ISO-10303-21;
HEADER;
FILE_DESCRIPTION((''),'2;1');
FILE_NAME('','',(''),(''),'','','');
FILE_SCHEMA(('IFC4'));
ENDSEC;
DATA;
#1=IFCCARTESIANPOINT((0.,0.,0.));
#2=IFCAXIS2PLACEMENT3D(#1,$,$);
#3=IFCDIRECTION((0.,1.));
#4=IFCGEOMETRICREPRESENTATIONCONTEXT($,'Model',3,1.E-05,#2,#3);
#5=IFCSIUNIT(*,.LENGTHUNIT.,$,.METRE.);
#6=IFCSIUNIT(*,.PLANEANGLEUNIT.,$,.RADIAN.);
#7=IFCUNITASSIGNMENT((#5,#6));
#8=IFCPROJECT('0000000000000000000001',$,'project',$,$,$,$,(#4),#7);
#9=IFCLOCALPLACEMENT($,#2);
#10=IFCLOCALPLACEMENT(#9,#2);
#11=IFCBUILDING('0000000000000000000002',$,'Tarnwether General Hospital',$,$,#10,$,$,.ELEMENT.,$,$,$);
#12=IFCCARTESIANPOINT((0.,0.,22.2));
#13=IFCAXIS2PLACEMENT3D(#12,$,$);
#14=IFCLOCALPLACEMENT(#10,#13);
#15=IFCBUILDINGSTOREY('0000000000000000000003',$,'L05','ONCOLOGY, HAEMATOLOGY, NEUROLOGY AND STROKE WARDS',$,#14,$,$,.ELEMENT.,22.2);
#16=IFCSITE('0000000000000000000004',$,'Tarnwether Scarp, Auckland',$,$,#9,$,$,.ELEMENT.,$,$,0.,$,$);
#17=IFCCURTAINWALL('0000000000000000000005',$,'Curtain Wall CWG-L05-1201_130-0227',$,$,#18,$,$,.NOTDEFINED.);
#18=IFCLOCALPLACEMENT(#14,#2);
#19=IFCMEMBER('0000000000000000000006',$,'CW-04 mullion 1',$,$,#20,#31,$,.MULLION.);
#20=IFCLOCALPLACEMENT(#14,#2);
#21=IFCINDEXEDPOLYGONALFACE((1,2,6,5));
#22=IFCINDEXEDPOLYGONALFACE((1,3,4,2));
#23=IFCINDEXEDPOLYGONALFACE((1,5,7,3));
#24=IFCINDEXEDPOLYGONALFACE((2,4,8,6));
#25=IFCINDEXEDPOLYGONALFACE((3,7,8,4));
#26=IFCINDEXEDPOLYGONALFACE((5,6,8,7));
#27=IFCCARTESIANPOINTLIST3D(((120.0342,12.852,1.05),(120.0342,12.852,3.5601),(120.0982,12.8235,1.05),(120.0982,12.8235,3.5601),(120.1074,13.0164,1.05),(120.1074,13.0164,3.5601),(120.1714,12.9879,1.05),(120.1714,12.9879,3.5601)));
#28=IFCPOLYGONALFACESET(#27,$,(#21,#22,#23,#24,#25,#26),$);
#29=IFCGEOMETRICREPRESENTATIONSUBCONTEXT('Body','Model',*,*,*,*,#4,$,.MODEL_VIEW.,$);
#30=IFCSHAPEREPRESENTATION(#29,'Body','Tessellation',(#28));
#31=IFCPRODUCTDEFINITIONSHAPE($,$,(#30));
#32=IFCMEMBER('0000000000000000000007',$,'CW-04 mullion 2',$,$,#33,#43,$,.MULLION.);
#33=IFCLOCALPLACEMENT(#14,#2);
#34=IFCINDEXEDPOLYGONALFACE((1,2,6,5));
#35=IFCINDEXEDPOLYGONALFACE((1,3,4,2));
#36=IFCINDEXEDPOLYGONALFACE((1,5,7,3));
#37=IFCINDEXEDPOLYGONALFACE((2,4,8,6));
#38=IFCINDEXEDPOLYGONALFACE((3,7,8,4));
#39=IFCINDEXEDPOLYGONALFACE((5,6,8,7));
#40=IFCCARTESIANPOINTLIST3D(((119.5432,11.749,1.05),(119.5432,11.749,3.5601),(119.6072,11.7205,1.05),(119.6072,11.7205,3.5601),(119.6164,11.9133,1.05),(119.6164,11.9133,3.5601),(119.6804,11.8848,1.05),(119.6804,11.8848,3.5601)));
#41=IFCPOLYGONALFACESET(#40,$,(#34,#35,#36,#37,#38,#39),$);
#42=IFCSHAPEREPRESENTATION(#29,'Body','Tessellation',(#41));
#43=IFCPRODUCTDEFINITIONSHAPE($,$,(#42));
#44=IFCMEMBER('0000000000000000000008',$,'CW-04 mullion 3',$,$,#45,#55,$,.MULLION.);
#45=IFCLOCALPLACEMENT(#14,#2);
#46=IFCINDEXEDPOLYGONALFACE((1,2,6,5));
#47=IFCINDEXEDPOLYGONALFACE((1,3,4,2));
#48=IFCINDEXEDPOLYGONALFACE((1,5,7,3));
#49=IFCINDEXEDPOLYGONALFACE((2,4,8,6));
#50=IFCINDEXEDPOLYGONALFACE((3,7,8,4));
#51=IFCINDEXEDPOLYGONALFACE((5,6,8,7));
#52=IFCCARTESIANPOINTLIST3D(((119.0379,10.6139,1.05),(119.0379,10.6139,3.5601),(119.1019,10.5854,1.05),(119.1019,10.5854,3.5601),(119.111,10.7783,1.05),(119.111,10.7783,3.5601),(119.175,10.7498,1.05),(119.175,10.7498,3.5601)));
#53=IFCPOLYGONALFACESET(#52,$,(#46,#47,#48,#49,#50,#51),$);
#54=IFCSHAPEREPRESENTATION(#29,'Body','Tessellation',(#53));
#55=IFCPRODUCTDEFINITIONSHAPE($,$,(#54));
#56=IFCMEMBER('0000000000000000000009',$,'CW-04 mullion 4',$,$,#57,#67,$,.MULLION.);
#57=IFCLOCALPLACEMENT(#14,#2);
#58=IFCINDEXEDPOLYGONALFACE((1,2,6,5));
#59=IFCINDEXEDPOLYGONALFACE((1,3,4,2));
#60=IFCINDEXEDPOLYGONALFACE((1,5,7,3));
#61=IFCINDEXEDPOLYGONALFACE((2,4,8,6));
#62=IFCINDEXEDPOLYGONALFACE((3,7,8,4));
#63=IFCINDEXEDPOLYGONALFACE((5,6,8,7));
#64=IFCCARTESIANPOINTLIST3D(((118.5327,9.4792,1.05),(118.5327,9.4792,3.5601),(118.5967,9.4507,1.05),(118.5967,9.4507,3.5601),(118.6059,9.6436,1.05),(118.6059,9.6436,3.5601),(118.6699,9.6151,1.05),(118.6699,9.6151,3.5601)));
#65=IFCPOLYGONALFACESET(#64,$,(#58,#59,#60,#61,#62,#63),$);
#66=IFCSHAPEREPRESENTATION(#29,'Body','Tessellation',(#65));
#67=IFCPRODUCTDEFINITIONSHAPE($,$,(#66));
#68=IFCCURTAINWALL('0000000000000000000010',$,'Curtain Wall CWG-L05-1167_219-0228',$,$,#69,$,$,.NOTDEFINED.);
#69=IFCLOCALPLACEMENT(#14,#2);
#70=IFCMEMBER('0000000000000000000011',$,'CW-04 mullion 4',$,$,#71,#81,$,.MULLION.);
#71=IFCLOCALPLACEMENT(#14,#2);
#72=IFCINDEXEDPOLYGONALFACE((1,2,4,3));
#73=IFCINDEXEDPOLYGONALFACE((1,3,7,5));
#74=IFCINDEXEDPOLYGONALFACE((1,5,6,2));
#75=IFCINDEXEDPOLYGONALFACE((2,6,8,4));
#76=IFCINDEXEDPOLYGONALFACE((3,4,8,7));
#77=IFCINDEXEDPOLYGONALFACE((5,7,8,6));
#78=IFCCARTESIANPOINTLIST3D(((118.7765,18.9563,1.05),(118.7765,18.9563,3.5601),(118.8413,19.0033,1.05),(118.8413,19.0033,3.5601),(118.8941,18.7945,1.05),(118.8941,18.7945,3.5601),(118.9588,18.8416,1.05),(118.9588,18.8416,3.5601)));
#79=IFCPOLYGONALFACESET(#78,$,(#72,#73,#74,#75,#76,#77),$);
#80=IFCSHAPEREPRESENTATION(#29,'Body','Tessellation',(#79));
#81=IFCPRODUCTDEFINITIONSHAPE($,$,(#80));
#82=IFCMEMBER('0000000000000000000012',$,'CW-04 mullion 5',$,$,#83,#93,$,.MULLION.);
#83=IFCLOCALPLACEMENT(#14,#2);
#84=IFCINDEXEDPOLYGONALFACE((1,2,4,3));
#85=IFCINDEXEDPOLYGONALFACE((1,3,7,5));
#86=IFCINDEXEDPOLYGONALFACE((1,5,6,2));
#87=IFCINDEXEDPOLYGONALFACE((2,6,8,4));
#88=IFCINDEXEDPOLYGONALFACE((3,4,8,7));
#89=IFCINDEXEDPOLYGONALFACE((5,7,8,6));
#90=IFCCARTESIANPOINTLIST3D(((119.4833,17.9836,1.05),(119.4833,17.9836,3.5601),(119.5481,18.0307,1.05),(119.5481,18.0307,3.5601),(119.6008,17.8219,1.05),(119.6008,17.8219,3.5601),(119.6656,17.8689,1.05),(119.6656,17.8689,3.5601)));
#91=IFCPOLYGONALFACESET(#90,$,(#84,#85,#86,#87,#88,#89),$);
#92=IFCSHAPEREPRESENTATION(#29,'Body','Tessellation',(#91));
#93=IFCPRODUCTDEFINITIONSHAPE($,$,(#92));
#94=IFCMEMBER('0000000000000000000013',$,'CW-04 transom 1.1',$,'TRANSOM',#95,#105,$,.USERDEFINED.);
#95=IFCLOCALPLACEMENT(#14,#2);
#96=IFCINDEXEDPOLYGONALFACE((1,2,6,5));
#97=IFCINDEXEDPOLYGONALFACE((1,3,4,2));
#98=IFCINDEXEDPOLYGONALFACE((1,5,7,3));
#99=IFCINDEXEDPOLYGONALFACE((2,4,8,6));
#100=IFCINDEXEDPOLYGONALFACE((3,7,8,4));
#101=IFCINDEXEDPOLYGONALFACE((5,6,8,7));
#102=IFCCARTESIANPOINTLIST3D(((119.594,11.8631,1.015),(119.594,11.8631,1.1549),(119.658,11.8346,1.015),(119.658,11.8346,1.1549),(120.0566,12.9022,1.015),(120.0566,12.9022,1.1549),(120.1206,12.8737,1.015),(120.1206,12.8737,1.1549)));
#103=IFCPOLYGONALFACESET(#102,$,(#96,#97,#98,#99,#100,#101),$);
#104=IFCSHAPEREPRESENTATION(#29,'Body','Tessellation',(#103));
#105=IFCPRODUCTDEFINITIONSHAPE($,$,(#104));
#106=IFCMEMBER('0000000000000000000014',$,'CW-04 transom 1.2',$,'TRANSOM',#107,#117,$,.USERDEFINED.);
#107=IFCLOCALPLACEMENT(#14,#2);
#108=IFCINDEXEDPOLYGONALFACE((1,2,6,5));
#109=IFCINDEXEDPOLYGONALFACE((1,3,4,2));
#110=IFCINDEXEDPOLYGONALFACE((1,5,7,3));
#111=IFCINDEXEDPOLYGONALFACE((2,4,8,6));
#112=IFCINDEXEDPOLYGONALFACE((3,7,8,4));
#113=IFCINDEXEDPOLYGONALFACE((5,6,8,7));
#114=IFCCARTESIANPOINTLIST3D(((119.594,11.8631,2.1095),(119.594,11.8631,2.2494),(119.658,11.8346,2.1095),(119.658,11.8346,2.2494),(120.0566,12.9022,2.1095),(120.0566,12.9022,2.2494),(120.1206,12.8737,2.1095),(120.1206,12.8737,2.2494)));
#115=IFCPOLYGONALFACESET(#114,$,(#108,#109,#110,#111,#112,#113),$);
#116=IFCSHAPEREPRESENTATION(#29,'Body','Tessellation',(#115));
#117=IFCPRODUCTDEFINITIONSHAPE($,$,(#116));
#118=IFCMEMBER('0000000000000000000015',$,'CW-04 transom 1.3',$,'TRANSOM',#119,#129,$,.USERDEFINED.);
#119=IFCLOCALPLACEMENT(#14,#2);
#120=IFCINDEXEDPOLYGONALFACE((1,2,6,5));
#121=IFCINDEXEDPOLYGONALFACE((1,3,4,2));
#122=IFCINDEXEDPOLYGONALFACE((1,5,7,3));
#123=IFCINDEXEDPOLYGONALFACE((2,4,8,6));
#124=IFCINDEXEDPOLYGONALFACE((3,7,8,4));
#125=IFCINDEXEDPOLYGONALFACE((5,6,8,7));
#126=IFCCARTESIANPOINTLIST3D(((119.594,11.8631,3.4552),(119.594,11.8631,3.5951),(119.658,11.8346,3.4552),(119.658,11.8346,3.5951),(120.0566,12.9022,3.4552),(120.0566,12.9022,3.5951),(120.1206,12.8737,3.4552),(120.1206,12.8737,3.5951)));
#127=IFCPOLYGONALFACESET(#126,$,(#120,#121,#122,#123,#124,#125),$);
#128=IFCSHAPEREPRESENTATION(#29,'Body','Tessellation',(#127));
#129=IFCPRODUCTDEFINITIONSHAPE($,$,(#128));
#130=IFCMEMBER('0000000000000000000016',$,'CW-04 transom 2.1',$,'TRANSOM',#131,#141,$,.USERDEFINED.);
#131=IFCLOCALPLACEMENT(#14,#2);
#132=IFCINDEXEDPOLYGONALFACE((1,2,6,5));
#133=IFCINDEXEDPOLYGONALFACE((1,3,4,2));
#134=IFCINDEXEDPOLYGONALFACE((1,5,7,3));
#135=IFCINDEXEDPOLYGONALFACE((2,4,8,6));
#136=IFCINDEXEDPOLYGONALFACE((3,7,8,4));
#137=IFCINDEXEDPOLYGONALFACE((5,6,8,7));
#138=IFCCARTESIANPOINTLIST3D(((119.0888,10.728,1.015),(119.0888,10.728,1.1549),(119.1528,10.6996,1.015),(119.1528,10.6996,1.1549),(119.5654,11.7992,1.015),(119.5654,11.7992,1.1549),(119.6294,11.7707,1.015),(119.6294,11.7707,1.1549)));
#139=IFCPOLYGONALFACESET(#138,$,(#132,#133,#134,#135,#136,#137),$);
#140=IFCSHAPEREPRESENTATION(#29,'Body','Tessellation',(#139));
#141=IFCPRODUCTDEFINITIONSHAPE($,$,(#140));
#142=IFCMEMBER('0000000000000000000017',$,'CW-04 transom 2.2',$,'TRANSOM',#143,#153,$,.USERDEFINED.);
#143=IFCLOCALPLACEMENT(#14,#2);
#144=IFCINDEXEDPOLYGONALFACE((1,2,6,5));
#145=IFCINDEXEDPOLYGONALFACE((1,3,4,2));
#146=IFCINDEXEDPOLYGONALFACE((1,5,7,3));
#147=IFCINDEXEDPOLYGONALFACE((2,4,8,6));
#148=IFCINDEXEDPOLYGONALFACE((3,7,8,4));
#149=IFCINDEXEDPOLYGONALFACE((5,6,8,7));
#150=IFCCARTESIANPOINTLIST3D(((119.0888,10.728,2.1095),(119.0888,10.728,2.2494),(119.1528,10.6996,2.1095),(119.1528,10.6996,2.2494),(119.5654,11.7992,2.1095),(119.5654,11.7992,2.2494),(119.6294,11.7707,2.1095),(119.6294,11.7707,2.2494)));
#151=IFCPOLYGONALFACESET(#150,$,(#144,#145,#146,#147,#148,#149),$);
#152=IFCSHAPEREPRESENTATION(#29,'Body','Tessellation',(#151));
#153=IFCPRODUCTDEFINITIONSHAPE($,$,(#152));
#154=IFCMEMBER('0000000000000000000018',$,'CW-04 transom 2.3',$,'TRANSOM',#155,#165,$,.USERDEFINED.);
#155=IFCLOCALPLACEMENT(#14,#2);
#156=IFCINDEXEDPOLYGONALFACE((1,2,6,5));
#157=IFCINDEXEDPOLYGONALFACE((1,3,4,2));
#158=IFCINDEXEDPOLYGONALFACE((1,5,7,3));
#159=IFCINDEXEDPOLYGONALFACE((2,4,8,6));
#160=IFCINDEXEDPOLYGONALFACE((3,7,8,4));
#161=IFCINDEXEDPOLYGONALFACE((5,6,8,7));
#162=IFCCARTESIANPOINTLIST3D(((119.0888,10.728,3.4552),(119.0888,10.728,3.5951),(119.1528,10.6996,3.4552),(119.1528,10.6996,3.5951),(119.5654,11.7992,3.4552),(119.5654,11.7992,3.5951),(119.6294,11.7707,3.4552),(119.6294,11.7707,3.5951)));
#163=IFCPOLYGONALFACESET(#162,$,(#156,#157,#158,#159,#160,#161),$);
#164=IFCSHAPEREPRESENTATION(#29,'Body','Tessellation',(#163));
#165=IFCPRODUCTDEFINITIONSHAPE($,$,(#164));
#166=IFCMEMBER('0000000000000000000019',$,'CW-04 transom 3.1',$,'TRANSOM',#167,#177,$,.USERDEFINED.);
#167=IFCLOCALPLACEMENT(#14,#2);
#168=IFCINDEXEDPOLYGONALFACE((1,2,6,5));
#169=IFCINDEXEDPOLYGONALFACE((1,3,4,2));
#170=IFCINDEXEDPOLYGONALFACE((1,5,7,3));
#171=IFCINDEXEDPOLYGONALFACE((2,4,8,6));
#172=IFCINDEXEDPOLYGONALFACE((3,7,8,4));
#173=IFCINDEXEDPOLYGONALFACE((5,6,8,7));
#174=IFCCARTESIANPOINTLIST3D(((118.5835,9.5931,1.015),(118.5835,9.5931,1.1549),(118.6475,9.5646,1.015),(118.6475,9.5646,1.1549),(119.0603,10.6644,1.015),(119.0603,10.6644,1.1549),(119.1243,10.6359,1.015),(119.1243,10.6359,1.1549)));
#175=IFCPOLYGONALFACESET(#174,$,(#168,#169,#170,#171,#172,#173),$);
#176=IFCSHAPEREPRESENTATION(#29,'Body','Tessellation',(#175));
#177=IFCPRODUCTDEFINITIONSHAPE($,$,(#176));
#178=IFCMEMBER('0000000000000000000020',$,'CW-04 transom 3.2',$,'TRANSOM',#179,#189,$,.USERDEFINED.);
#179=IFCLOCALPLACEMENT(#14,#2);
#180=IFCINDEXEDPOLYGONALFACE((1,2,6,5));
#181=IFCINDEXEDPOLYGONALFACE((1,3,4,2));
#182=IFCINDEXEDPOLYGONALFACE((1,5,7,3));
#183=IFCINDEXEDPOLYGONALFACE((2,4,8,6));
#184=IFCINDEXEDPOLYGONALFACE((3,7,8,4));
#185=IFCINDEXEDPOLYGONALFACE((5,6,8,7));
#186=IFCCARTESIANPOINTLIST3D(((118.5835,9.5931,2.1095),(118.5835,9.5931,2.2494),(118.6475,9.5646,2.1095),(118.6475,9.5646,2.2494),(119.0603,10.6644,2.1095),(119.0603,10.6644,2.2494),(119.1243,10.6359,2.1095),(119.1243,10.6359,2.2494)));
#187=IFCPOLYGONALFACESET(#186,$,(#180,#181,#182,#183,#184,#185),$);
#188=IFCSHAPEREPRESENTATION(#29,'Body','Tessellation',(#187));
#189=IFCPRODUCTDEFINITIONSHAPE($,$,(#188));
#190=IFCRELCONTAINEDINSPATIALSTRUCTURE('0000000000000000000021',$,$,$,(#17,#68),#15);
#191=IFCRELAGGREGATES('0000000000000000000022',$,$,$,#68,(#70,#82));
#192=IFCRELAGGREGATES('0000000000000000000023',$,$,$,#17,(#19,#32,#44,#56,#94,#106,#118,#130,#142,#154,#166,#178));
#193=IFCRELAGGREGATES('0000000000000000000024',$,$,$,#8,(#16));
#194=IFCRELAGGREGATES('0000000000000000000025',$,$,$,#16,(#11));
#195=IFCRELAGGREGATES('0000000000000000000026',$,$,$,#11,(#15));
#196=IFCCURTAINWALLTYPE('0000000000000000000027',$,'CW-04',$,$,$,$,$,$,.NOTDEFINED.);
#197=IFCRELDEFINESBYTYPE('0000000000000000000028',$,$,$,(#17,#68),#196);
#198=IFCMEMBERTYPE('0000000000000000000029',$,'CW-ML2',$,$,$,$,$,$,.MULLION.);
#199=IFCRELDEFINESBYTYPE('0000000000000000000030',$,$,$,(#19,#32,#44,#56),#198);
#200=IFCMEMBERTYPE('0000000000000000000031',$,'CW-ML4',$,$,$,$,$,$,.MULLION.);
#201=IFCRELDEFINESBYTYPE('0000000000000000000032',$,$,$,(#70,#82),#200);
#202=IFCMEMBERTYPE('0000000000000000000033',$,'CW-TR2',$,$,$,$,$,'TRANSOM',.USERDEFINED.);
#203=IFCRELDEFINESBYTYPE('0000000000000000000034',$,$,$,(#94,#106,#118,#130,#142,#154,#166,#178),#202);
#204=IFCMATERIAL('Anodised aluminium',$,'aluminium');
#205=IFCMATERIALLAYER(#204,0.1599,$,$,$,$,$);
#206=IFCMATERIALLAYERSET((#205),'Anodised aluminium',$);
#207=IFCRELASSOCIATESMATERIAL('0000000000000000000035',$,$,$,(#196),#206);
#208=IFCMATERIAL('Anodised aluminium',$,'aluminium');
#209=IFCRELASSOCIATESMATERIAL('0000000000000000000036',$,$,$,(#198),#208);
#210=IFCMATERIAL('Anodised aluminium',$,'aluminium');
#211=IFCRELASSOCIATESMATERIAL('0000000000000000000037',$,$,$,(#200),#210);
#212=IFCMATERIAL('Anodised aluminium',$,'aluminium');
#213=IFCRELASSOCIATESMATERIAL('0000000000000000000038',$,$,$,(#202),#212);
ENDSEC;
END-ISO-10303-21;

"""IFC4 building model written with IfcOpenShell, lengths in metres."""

from ifc_helpers import new_model, si_unit, direction, frame, origin, origin_2d, place, context, subcontext, project, spatial, rectangle, extrude, material, layer, layer_set, material_profile, profile_set, type_object, element, aggregate, save


model = new_model("IFC4")

# Units and contexts
model_context = context("Model", 3, precision=1e-05, world=origin(), true_north=direction((0.0, 1.0)))
body_context = subcontext(model_context, "Body", "Model", "MODEL_VIEW")
ifc_project = project(units=[si_unit("LENGTHUNIT", "METRE"), si_unit("PLANEANGLEUNIT", "RADIAN")], contexts=[model_context])

# Site, building, storey
site_placement = place(None, origin())
site = spatial("IfcSite", under=ifc_project, at=site_placement, Name="Tarnwether Scarp, Auckland", CompositionType="ELEMENT", RefElevation=0.0)
building_placement = place(site_placement, origin())
building = spatial("IfcBuilding", under=site, at=building_placement, Name="Tarnwether General Hospital", CompositionType="ELEMENT")
storey_placement = place(building_placement, frame((0.0, 0.0, 22.2)))
storey = spatial("IfcBuildingStorey", under=building, at=storey_placement, Name="L05", Description="ONCOLOGY, HAEMATOLOGY, NEUROLOGY AND STROKE WARDS", CompositionType="ELEMENT", Elevation=22.2)

# Curtain walls, members
ifc_material_1 = material(Name="Anodised aluminium", Category="aluminium")
ifc_layer_1 = layer(ifc_material_1, 0.1599)
ifc_layer_set_1 = layer_set([ifc_layer_1], Name="Anodised aluminium")
curtain_wall_type = type_object("IfcCurtainWallType", Name="CW-04", PredefinedType="NOTDEFINED", material=ifc_layer_set_1)
curtain_wall_1_placement = place(storey_placement, origin())
curtain_wall_1 = element("IfcCurtainWall", 1, at=curtain_wall_1_placement, inside=storey, type_object=curtain_wall_type, Name="Curtain Wall CWG-L05-1201_130-0227", PredefinedType="NOTDEFINED")
ifc_material_2 = material(Name="Anodised aluminium", Category="aluminium")
ifc_material_profile_1 = material_profile(ifc_material_2, rectangle(XDim=0.0701, YDim=0.1799, at=origin_2d()), Name="ALU-MUL-70x180")
ifc_profile_set_1 = profile_set([ifc_material_profile_1], Name="Anodised aluminium")
member_type_1 = type_object("IfcMemberType", Name="CW-ML2", PredefinedType="MULLION", material=ifc_profile_set_1)
member_1_placement = place(storey_placement, frame((120.1028, 12.9199, 1.05), z_axis=(0.0, 0.0, 1.0), x_axis=(0.913571, -0.40668, 0.0)))
member_1 = element("IfcMember", 2, at=member_1_placement, type_object=member_type_1, Name="CW-04 mullion 1", PredefinedType="MULLION", context=body_context, shape_type="SweptSolid", body=[
    extrude(rectangle(XDim=0.0701, YDim=0.1799, at=origin_2d()), origin(), (0.0, 0.0, 1.0), 2.51),
])
member_2_placement = place(storey_placement, frame((119.6118, 11.8169, 1.05), z_axis=(0.0, 0.0, 1.0), x_axis=(0.913571, -0.40668, 0.0)))
member_2 = element("IfcMember", 3, at=member_2_placement, type_object=member_type_1, Name="CW-04 mullion 2", PredefinedType="MULLION", context=body_context, shape_type="SweptSolid", body=[
    extrude(rectangle(XDim=0.0701, YDim=0.1799, at=origin_2d()), origin(), (0.0, 0.0, 1.0), 2.51),
])
member_3_placement = place(storey_placement, frame((119.1064, 10.6819, 1.05), z_axis=(0.0, 0.0, 1.0), x_axis=(0.913571, -0.40668, 0.0)))
member_3 = element("IfcMember", 4, at=member_3_placement, type_object=member_type_1, Name="CW-04 mullion 3", PredefinedType="MULLION", context=body_context, shape_type="SweptSolid", body=[
    extrude(rectangle(XDim=0.0701, YDim=0.1799, at=origin_2d()), origin(), (0.0, 0.0, 1.0), 2.51),
])
member_4_placement = place(storey_placement, frame((118.6013, 9.5471, 1.05), z_axis=(0.0, 0.0, 1.0), x_axis=(0.913571, -0.40668, 0.0)))
member_4 = element("IfcMember", 5, at=member_4_placement, type_object=member_type_1, Name="CW-04 mullion 4", PredefinedType="MULLION", context=body_context, shape_type="SweptSolid", body=[
    extrude(rectangle(XDim=0.0701, YDim=0.1799, at=origin_2d()), origin(), (0.0, 0.0, 1.0), 2.51),
])
curtain_wall_2_placement = place(storey_placement, origin())
curtain_wall_2 = element("IfcCurtainWall", 6, at=curtain_wall_2_placement, inside=storey, type_object=curtain_wall_type, Name="Curtain Wall CWG-L05-1167_219-0228", PredefinedType="NOTDEFINED")
ifc_material_3 = material(Name="Anodised aluminium", Category="aluminium")
ifc_material_profile_2 = material_profile(ifc_material_3, rectangle(XDim=0.0801, YDim=0.2, at=origin_2d()), Name="ALU-MUL-80x200")
ifc_profile_set_2 = profile_set([ifc_material_profile_2], Name="Anodised aluminium")
member_type_2 = type_object("IfcMemberType", Name="CW-ML4", PredefinedType="MULLION", material=ifc_profile_set_2)
member_5_placement = place(storey_placement, frame((118.8677, 18.8989, 1.05), z_axis=(0.0, 0.0, 1.0), x_axis=(0.808988, 0.587825, 0.0)))
member_5 = element("IfcMember", 7, at=member_5_placement, type_object=member_type_2, Name="CW-04 mullion 4", PredefinedType="MULLION", context=body_context, shape_type="SweptSolid", body=[
    extrude(rectangle(XDim=0.0801, YDim=0.2, at=origin_2d()), origin(), (0.0, 0.0, 1.0), 2.51),
])
member_6_placement = place(storey_placement, frame((119.5745, 17.9263, 1.05), z_axis=(0.0, 0.0, 1.0), x_axis=(0.808988, 0.587825, 0.0)))
member_6 = element("IfcMember", 8, at=member_6_placement, type_object=member_type_2, Name="CW-04 mullion 5", PredefinedType="MULLION", context=body_context, shape_type="SweptSolid", body=[
    extrude(rectangle(XDim=0.0801, YDim=0.2, at=origin_2d()), origin(), (0.0, 0.0, 1.0), 2.51),
])

# Members
ifc_material_4 = material(Name="Anodised aluminium", Category="aluminium")
ifc_material_profile_3 = material_profile(ifc_material_4, rectangle(XDim=0.0701, YDim=0.1399, at=origin_2d()), Name="ALU-TRN-70x140")
ifc_profile_set_3 = profile_set([ifc_material_profile_3], Name="Anodised aluminium")
member_type_3 = type_object("IfcMemberType", Name="CW-TR2", ElementType="TRANSOM", PredefinedType="USERDEFINED", material=ifc_profile_set_3)
member_7_placement = place(storey_placement, frame((120.0886, 12.8879, 1.085), z_axis=(-0.406756, -0.913537, 0.0), x_axis=(0.913537, -0.406756, 0.0)))
member_7 = element("IfcMember", 9, at=member_7_placement, type_object=member_type_3, Name="CW-04 transom 1.1", ObjectType="TRANSOM", PredefinedType="USERDEFINED", context=body_context, shape_type="SweptSolid", body=[
    extrude(rectangle(XDim=0.0701, YDim=0.1399, at=origin_2d()), origin(), (0.0, 0.0, 1.0), 1.1375),
])
member_8_placement = place(storey_placement, frame((120.0886, 12.8879, 2.1794), z_axis=(-0.406756, -0.913537, 0.0), x_axis=(0.913537, -0.406756, 0.0)))
member_8 = element("IfcMember", 10, at=member_8_placement, type_object=member_type_3, Name="CW-04 transom 1.2", ObjectType="TRANSOM", PredefinedType="USERDEFINED", context=body_context, shape_type="SweptSolid", body=[
    extrude(rectangle(XDim=0.0701, YDim=0.1399, at=origin_2d()), origin(), (0.0, 0.0, 1.0), 1.1375),
])
member_9_placement = place(storey_placement, frame((120.0886, 12.8879, 3.5251), z_axis=(-0.406756, -0.913537, 0.0), x_axis=(0.913537, -0.406756, 0.0)))
member_9 = element("IfcMember", 11, at=member_9_placement, type_object=member_type_3, Name="CW-04 transom 1.3", ObjectType="TRANSOM", PredefinedType="USERDEFINED", context=body_context, shape_type="SweptSolid", body=[
    extrude(rectangle(XDim=0.0701, YDim=0.1399, at=origin_2d()), origin(), (0.0, 0.0, 1.0), 1.1375),
])
member_10_placement = place(storey_placement, frame((119.5974, 11.7849, 1.085), z_axis=(-0.406525, -0.91364, 0.0), x_axis=(0.91364, -0.406525, 0.0)))
member_10 = element("IfcMember", 12, at=member_10_placement, type_object=member_type_3, Name="CW-04 transom 2.1", ObjectType="TRANSOM", PredefinedType="USERDEFINED", context=body_context, shape_type="SweptSolid", body=[
    extrude(rectangle(XDim=0.0701, YDim=0.1399, at=origin_2d()), origin(), (0.0, 0.0, 1.0), 1.1724),
])
member_11_placement = place(storey_placement, frame((119.5974, 11.7849, 2.1794), z_axis=(-0.406525, -0.91364, 0.0), x_axis=(0.91364, -0.406525, 0.0)))
member_11 = element("IfcMember", 13, at=member_11_placement, type_object=member_type_3, Name="CW-04 transom 2.2", ObjectType="TRANSOM", PredefinedType="USERDEFINED", context=body_context, shape_type="SweptSolid", body=[
    extrude(rectangle(XDim=0.0701, YDim=0.1399, at=origin_2d()), origin(), (0.0, 0.0, 1.0), 1.1724),
])
member_12_placement = place(storey_placement, frame((119.5974, 11.7849, 3.5251), z_axis=(-0.406525, -0.91364, 0.0), x_axis=(0.91364, -0.406525, 0.0)))
member_12 = element("IfcMember", 14, at=member_12_placement, type_object=member_type_3, Name="CW-04 transom 2.3", ObjectType="TRANSOM", PredefinedType="USERDEFINED", context=body_context, shape_type="SweptSolid", body=[
    extrude(rectangle(XDim=0.0701, YDim=0.1399, at=origin_2d()), origin(), (0.0, 0.0, 1.0), 1.1724),
])
member_13_placement = place(storey_placement, frame((119.0923, 10.6501, 1.085), z_axis=(-0.406621, -0.913597, 0.0), x_axis=(0.913597, -0.406621, 0.0)))
member_13 = element("IfcMember", 15, at=member_13_placement, type_object=member_type_3, Name="CW-04 transom 3.1", ObjectType="TRANSOM", PredefinedType="USERDEFINED", context=body_context, shape_type="SweptSolid", body=[
    extrude(rectangle(XDim=0.0701, YDim=0.1399, at=origin_2d()), origin(), (0.0, 0.0, 1.0), 1.1726),
])
member_14_placement = place(storey_placement, frame((119.0923, 10.6501, 2.1794), z_axis=(-0.406621, -0.913597, 0.0), x_axis=(0.913597, -0.406621, 0.0)))
member_14 = element("IfcMember", 16, at=member_14_placement, type_object=member_type_3, Name="CW-04 transom 3.2", ObjectType="TRANSOM", PredefinedType="USERDEFINED", context=body_context, shape_type="SweptSolid", body=[
    extrude(rectangle(XDim=0.0701, YDim=0.1399, at=origin_2d()), origin(), (0.0, 0.0, 1.0), 1.1726),
])

aggregate(curtain_wall_2, [member_5, member_6])
aggregate(curtain_wall_1, [member_1, member_2, member_3, member_4, member_7, member_8, member_9, member_10, member_11, member_12, member_13, member_14])

save(model, "model.ifc")
